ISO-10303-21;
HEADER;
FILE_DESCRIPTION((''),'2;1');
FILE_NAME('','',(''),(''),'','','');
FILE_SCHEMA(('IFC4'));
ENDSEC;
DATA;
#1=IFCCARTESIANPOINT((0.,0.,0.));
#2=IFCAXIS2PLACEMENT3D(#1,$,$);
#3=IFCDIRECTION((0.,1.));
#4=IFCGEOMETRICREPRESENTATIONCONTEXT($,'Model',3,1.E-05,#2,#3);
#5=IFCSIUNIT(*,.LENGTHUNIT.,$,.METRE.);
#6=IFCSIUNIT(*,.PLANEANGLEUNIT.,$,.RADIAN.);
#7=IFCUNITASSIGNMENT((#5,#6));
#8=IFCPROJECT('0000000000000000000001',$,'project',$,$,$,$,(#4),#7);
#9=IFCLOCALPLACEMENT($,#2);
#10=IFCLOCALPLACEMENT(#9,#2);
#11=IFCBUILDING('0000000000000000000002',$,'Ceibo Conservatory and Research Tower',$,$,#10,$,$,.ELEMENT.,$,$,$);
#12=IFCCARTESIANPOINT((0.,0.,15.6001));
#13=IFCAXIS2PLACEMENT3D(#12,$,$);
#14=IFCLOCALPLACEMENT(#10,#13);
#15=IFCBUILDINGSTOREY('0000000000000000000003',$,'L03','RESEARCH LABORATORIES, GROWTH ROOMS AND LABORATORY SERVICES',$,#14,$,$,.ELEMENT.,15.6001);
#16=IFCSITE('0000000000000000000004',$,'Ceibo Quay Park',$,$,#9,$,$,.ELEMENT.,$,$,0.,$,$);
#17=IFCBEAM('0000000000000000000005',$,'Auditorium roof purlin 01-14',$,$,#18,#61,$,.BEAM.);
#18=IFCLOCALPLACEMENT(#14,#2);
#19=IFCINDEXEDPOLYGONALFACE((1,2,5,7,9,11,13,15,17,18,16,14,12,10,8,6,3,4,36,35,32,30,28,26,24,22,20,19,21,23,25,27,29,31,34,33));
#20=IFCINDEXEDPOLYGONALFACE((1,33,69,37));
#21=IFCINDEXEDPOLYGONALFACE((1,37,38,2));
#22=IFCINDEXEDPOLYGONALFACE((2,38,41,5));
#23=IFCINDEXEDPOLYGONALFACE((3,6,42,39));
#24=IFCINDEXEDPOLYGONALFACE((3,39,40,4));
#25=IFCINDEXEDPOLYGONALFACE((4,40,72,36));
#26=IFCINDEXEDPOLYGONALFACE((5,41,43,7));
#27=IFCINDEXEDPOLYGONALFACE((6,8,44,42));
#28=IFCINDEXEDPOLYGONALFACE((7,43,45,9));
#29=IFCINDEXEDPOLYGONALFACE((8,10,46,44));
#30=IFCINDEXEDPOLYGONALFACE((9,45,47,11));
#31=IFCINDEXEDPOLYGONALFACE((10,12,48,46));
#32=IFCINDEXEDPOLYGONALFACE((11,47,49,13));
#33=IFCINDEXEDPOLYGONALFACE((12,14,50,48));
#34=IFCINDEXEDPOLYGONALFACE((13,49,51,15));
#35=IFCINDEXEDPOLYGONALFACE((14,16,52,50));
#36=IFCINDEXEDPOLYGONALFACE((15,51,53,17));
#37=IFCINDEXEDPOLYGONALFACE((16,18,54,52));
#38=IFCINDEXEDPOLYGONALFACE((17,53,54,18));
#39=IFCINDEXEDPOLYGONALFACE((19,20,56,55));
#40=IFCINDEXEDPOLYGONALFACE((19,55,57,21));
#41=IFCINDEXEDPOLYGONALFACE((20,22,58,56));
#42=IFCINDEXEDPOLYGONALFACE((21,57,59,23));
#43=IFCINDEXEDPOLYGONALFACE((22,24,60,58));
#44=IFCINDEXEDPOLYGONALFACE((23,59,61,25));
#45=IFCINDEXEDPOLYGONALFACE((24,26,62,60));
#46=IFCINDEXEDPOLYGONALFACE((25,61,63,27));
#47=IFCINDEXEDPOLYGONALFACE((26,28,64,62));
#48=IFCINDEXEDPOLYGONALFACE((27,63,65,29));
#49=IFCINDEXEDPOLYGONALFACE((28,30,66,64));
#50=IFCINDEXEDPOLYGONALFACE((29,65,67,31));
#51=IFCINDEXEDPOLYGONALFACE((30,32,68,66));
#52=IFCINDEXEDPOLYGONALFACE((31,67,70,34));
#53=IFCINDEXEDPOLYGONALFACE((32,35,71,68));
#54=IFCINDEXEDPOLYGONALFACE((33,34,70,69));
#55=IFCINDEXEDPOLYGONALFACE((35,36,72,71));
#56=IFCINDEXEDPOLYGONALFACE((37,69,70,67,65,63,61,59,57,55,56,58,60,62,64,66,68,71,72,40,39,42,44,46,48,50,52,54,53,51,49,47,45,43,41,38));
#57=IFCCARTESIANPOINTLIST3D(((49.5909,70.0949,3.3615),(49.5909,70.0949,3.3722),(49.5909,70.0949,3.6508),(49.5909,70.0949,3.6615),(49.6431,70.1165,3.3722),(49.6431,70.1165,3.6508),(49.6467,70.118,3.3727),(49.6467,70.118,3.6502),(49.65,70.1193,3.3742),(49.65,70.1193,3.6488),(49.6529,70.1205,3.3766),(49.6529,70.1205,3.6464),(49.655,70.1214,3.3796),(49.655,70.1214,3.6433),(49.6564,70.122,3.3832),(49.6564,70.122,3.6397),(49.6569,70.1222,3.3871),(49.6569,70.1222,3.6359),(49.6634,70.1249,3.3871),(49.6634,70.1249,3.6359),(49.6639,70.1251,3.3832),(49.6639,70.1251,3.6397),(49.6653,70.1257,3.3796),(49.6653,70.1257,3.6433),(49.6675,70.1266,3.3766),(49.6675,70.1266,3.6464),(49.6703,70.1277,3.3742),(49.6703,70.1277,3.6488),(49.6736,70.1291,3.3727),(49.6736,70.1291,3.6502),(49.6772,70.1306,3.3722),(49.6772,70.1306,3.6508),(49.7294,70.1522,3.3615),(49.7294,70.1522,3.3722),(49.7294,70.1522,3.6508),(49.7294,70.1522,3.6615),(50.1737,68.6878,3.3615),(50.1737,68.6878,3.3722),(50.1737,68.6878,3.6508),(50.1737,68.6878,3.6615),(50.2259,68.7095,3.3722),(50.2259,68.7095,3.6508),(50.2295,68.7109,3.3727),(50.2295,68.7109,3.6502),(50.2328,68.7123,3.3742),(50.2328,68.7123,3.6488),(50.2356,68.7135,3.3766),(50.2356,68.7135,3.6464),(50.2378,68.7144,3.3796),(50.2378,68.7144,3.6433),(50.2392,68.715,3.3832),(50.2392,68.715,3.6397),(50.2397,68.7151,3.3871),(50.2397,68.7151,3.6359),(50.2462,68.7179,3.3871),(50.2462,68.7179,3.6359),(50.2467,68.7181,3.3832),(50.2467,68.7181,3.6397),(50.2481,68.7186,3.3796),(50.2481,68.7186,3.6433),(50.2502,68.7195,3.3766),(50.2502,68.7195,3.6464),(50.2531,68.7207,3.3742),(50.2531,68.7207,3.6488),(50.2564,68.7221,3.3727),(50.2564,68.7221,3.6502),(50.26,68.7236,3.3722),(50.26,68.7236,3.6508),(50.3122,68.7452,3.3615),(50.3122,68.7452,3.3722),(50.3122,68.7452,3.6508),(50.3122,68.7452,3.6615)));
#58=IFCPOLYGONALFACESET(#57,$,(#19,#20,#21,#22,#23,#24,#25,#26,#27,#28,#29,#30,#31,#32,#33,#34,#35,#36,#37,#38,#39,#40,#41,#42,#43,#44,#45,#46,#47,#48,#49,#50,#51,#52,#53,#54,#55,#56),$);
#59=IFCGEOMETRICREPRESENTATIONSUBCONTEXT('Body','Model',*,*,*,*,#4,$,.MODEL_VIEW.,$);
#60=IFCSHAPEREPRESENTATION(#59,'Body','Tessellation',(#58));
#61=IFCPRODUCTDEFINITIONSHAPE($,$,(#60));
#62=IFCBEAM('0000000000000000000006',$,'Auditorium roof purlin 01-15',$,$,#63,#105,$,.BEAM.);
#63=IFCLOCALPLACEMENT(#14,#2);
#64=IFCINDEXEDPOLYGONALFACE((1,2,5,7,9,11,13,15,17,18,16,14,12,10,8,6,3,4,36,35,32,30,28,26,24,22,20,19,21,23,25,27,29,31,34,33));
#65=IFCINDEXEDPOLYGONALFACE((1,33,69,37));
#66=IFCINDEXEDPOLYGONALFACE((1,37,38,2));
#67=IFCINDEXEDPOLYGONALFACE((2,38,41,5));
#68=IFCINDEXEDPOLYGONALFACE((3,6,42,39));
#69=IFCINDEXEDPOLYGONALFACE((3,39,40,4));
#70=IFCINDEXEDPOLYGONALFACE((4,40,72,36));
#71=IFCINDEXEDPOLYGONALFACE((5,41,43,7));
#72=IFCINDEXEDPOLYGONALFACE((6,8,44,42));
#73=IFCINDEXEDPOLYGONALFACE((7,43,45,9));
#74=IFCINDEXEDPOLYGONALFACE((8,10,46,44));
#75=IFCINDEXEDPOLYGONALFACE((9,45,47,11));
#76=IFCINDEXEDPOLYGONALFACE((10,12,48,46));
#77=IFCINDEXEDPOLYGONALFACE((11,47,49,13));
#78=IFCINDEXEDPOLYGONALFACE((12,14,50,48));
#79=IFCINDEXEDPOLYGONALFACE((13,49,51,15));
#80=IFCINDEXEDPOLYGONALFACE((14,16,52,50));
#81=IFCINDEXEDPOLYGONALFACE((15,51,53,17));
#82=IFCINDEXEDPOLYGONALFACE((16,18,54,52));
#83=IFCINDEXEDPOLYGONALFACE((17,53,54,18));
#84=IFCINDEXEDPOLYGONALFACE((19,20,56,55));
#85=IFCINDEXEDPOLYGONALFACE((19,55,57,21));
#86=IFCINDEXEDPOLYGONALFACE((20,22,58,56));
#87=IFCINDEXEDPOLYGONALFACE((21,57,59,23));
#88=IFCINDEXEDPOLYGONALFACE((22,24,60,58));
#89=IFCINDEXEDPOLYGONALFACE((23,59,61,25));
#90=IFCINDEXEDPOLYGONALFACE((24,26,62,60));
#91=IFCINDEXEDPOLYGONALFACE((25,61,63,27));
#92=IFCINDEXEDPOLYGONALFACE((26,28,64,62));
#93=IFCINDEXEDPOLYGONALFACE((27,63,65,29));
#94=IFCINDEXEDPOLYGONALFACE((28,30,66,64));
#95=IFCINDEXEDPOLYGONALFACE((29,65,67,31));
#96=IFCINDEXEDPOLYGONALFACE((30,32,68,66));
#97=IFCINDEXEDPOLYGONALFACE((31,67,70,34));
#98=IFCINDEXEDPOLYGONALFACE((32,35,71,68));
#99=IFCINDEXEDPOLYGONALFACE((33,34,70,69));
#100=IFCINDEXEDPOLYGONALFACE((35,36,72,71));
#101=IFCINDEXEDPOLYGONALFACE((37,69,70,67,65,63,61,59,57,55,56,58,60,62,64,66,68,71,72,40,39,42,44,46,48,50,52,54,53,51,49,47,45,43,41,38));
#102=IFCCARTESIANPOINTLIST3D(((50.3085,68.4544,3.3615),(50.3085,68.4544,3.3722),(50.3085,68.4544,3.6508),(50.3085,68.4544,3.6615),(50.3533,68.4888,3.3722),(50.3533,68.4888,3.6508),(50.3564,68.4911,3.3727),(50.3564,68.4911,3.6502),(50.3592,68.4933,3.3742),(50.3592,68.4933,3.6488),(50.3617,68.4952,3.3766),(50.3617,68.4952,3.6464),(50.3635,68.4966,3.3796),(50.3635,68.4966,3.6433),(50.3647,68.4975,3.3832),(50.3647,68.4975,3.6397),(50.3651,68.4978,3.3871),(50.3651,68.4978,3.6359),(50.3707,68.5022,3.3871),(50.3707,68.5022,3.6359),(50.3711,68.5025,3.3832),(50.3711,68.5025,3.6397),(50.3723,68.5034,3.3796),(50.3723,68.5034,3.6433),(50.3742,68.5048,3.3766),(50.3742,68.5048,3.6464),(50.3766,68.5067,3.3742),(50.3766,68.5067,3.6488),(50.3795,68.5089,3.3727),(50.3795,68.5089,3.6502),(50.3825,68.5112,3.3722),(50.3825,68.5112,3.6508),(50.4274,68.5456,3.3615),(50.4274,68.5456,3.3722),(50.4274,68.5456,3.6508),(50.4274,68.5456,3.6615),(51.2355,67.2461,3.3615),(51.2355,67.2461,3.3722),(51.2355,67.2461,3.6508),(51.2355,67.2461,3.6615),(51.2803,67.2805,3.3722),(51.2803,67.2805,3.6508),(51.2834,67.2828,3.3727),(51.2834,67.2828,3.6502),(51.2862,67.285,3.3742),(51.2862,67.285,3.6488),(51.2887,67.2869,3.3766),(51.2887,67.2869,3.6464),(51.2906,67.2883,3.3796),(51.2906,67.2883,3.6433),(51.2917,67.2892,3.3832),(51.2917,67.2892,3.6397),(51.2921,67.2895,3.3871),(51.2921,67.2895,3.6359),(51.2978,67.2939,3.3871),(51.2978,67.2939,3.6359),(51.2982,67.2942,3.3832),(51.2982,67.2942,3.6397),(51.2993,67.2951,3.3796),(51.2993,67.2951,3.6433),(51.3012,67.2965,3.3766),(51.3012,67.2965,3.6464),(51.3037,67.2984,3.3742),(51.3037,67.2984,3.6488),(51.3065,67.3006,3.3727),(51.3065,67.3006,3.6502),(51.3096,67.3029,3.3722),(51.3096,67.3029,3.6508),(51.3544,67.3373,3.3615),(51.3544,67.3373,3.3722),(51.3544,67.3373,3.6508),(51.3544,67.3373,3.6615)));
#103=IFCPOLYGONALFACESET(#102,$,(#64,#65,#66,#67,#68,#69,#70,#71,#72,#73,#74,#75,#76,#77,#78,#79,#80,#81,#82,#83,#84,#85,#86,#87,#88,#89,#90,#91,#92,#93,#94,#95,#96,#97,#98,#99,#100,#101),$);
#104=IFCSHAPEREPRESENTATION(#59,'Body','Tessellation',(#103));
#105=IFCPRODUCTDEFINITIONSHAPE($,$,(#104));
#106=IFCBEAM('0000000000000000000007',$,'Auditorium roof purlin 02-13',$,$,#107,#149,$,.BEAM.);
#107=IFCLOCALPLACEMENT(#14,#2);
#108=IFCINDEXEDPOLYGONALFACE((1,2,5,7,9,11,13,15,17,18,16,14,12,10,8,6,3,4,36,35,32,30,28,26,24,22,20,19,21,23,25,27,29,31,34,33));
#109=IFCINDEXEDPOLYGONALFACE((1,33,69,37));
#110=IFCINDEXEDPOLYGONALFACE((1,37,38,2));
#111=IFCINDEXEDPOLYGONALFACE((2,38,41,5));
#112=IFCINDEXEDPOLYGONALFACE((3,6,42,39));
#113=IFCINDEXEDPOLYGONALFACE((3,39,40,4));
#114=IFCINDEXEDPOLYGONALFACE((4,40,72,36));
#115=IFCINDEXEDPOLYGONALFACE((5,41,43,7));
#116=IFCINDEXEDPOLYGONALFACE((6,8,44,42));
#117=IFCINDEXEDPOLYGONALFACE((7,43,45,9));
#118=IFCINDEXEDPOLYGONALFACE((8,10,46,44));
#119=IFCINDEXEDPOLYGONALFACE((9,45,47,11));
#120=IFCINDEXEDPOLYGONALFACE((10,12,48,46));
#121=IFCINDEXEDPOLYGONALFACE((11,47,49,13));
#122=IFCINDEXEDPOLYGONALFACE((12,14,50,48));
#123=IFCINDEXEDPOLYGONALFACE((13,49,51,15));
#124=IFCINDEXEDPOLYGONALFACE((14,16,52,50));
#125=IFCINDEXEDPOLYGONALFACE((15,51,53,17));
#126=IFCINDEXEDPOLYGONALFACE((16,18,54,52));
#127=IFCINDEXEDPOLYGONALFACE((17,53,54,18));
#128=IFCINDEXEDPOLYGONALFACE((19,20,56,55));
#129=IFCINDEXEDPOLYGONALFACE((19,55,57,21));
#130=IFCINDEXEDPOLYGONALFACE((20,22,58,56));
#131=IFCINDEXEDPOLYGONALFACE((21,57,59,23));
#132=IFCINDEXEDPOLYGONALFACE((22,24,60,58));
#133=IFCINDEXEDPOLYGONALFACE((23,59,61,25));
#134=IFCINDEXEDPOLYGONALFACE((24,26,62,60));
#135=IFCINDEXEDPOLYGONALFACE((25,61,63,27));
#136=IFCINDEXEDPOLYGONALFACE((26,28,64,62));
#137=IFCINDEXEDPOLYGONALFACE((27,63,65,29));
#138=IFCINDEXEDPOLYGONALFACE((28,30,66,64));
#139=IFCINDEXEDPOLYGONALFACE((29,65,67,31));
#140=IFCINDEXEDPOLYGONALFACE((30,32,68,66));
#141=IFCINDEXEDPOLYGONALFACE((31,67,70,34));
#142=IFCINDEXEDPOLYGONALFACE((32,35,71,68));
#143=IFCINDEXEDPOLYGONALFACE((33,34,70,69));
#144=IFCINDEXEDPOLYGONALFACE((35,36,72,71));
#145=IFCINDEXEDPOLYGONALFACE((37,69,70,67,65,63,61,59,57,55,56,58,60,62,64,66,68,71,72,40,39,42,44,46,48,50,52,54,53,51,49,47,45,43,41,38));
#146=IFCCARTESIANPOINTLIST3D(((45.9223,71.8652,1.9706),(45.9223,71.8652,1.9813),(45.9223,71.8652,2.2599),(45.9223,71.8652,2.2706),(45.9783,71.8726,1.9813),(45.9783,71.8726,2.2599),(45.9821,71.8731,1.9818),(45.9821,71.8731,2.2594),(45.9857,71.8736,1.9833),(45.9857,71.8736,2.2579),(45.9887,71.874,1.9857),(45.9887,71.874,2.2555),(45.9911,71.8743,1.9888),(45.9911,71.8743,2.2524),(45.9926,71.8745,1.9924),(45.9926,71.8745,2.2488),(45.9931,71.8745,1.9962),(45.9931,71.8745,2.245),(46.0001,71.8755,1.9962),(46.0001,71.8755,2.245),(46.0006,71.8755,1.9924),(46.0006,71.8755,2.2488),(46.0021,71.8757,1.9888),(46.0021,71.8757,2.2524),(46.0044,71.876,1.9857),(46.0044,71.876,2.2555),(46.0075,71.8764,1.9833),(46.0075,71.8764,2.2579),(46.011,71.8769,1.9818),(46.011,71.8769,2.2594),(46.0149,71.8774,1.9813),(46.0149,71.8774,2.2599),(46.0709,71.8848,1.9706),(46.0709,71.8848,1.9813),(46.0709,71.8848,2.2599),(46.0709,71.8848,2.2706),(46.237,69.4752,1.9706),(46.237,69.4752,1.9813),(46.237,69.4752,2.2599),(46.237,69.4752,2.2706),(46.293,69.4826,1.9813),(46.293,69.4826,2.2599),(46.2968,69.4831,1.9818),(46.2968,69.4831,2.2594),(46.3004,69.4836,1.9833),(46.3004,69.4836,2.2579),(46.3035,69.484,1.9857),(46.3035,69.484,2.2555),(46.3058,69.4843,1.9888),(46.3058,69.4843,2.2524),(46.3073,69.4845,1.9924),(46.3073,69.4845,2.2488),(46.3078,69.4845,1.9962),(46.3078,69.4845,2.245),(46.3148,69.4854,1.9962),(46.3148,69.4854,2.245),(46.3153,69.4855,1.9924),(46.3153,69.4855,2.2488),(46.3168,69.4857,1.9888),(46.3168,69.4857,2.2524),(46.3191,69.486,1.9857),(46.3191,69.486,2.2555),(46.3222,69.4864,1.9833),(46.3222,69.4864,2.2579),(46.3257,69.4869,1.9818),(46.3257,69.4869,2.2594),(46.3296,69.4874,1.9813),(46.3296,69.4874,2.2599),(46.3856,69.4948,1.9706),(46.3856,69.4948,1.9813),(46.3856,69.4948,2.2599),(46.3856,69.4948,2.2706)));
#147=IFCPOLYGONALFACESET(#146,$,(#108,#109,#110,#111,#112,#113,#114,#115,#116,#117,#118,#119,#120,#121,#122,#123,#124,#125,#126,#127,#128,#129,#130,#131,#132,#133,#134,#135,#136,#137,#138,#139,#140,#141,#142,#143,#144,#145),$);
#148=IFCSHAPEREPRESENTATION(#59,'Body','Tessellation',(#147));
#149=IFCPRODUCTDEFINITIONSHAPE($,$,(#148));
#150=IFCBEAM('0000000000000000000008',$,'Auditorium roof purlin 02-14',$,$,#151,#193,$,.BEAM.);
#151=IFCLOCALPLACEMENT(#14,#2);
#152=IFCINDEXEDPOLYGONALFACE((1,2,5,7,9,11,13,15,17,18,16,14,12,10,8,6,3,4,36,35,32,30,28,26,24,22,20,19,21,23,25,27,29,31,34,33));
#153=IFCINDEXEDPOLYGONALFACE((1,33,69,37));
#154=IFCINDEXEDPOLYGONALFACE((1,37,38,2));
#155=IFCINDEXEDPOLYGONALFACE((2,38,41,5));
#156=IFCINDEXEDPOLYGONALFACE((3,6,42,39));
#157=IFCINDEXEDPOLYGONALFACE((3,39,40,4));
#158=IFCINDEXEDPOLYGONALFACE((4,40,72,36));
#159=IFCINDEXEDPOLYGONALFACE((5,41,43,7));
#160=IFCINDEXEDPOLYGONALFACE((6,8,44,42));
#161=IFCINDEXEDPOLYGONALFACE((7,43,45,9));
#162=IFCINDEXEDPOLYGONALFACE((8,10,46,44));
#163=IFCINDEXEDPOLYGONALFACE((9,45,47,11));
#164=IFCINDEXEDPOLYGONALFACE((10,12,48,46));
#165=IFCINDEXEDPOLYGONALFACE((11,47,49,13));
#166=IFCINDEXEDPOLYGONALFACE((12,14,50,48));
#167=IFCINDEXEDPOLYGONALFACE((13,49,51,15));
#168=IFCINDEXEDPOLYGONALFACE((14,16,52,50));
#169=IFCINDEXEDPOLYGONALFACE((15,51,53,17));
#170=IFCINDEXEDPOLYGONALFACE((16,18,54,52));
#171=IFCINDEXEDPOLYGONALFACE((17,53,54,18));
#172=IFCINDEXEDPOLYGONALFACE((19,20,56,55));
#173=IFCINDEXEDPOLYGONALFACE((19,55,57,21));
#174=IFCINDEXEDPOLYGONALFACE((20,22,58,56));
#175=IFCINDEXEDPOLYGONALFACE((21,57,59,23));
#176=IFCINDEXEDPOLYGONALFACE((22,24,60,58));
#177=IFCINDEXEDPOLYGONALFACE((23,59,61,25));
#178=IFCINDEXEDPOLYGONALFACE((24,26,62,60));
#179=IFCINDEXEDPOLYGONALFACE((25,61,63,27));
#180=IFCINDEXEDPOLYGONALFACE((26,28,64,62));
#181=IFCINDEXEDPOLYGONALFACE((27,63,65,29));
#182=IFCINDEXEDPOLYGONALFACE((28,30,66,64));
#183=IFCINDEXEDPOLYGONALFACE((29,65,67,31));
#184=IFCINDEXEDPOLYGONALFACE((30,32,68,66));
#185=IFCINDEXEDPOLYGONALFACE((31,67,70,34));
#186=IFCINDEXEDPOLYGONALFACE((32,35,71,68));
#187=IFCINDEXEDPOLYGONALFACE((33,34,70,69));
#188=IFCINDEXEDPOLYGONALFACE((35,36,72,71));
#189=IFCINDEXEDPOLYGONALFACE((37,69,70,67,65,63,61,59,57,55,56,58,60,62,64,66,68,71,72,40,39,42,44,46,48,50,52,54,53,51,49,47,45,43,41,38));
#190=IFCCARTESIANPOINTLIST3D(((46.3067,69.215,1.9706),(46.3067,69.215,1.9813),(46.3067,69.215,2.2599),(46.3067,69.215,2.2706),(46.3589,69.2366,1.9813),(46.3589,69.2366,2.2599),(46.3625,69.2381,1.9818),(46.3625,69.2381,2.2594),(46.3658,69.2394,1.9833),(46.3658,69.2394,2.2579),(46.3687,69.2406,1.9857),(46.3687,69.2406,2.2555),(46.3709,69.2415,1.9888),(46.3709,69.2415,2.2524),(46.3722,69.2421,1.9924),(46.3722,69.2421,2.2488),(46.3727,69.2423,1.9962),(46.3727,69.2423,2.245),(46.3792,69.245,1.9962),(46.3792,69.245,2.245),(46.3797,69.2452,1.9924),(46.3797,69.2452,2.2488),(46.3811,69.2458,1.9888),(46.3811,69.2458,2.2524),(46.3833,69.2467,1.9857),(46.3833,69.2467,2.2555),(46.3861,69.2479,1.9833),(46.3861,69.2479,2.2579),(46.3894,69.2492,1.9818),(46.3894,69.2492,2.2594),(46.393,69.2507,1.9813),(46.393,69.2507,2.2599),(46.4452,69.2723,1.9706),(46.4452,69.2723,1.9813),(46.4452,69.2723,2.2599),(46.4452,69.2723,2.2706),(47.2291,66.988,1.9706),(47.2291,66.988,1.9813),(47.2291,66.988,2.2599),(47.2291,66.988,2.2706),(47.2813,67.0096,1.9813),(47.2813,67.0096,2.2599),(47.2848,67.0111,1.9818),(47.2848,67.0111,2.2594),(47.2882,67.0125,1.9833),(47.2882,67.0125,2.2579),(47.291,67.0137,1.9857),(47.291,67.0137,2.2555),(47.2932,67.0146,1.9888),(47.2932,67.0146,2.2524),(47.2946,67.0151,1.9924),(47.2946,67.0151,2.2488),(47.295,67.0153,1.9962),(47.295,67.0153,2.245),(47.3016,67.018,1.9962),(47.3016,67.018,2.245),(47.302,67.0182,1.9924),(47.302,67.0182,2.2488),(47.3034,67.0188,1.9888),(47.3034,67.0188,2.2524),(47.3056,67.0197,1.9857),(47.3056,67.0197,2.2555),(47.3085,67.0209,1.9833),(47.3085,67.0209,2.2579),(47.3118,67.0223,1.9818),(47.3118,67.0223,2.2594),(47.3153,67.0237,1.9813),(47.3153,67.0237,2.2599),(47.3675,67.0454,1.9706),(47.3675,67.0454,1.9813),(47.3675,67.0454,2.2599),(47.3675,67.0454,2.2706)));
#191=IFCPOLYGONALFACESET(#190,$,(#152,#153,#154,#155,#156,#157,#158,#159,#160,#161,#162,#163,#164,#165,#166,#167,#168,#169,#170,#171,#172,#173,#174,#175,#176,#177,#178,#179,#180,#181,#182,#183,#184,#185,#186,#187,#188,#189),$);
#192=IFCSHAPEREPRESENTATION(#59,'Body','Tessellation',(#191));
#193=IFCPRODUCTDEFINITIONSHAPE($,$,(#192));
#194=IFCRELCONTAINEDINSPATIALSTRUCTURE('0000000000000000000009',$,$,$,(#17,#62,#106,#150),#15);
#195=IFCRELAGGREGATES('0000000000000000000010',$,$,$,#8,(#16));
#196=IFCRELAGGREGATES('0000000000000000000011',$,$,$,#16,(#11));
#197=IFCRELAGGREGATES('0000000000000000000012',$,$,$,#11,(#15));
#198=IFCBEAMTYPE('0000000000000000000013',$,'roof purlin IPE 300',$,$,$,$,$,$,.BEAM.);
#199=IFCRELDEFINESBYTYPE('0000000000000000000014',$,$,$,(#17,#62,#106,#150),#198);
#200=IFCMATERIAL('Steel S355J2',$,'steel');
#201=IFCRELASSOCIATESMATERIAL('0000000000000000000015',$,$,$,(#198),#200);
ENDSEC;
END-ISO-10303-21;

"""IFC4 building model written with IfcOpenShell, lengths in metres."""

from ifc_helpers import new_model, si_unit, direction, frame, origin, origin_2d, place, context, subcontext, project, spatial, i_section, extrude, material, material_profile, profile_set, type_object, element, save


model = new_model("IFC4")

# Units and contexts
model_context = context("Model", 3, precision=1e-05, world=origin(), true_north=direction((0.0, 1.0)))
body_context = subcontext(model_context, "Body", "Model", "MODEL_VIEW")
ifc_project = project(units=[si_unit("LENGTHUNIT", "METRE"), si_unit("PLANEANGLEUNIT", "RADIAN")], contexts=[model_context])

# Site, building, storey
site_placement = place(None, origin())
site = spatial("IfcSite", under=ifc_project, at=site_placement, Name="Ceibo Quay Park", CompositionType="ELEMENT", RefElevation=0.0)
building_placement = place(site_placement, origin())
building = spatial("IfcBuilding", under=site, at=building_placement, Name="Ceibo Conservatory and Research Tower", CompositionType="ELEMENT")
storey_placement = place(building_placement, frame((0.0, 0.0, 15.6001)))
storey = spatial("IfcBuildingStorey", under=building, at=storey_placement, Name="L03", Description="RESEARCH LABORATORIES, GROWTH ROOMS AND LABORATORY SERVICES", CompositionType="ELEMENT", Elevation=15.6001)

# Beams
ifc_material_1 = material(Name="Steel S355J2", Category="steel")
ifc_material_profile_1 = material_profile(ifc_material_1, i_section(OverallWidth=0.1499, OverallDepth=0.3, WebThickness=0.0071, FlangeThickness=0.0107, FilletRadius=0.0149, at=origin_2d()), Name="IPE 300")
ifc_profile_set_1 = profile_set([ifc_material_profile_1], Name="Steel S355J2")
beam_type_1 = type_object("IfcBeamType", Name="roof purlin IPE 300", PredefinedType="BEAM", material=ifc_profile_set_1)
for number, where, z_axis, x_axis, name in (
    (1, (49.6602, 70.1235, 3.5115), (0.382668, -0.923886, 0.0), (0.923886, 0.382668, 0.0), "Auditorium roof purlin 01-14"),
    (2, (50.3679, 68.5, 3.5115), (0.608711, -0.793392, 0.0), (0.793392, 0.608711, 0.0), "Auditorium roof purlin 01-15"),
):
    element("IfcBeam", number, at=place(storey_placement, frame(where, z_axis=z_axis, x_axis=x_axis)), inside=storey, type_object=beam_type_1, Name=name, PredefinedType="BEAM", context=body_context, shape_type="SweptSolid", body=[
        extrude(i_section(OverallWidth=0.1499, OverallDepth=0.3, WebThickness=0.0071, FlangeThickness=0.0107, FilletRadius=0.0149, at=origin_2d()), origin(), (0.0, 0.0, 1.0), 1.5229),
    ])
beam_1_placement = place(storey_placement, frame((45.9966, 71.875, 2.1206), z_axis=(0.130551, -0.991442, 0.0), x_axis=(0.991442, 0.130551, 0.0)))
element("IfcBeam", 3, at=beam_1_placement, inside=storey, type_object=beam_type_1, Name="Auditorium roof purlin 02-13", PredefinedType="BEAM", context=body_context, shape_type="SweptSolid", body=[
    extrude(i_section(OverallWidth=0.1499, OverallDepth=0.3, WebThickness=0.0071, FlangeThickness=0.0107, FilletRadius=0.0149, at=origin_2d()), origin(), (0.0, 0.0, 1.0), 2.4106),
])
beam_2_placement = place(storey_placement, frame((46.376, 69.2437, 2.1206), z_axis=(0.382644, -0.923896, 0.0), x_axis=(0.923896, 0.382644, 0.0)))
element("IfcBeam", 4, at=beam_2_placement, inside=storey, type_object=beam_type_1, Name="Auditorium roof purlin 02-14", PredefinedType="BEAM", context=body_context, shape_type="SweptSolid", body=[
    extrude(i_section(OverallWidth=0.1499, OverallDepth=0.3, WebThickness=0.0071, FlangeThickness=0.0107, FilletRadius=0.0149, at=origin_2d()), origin(), (0.0, 0.0, 1.0), 2.4104),
])

save(model, "model.ifc")
